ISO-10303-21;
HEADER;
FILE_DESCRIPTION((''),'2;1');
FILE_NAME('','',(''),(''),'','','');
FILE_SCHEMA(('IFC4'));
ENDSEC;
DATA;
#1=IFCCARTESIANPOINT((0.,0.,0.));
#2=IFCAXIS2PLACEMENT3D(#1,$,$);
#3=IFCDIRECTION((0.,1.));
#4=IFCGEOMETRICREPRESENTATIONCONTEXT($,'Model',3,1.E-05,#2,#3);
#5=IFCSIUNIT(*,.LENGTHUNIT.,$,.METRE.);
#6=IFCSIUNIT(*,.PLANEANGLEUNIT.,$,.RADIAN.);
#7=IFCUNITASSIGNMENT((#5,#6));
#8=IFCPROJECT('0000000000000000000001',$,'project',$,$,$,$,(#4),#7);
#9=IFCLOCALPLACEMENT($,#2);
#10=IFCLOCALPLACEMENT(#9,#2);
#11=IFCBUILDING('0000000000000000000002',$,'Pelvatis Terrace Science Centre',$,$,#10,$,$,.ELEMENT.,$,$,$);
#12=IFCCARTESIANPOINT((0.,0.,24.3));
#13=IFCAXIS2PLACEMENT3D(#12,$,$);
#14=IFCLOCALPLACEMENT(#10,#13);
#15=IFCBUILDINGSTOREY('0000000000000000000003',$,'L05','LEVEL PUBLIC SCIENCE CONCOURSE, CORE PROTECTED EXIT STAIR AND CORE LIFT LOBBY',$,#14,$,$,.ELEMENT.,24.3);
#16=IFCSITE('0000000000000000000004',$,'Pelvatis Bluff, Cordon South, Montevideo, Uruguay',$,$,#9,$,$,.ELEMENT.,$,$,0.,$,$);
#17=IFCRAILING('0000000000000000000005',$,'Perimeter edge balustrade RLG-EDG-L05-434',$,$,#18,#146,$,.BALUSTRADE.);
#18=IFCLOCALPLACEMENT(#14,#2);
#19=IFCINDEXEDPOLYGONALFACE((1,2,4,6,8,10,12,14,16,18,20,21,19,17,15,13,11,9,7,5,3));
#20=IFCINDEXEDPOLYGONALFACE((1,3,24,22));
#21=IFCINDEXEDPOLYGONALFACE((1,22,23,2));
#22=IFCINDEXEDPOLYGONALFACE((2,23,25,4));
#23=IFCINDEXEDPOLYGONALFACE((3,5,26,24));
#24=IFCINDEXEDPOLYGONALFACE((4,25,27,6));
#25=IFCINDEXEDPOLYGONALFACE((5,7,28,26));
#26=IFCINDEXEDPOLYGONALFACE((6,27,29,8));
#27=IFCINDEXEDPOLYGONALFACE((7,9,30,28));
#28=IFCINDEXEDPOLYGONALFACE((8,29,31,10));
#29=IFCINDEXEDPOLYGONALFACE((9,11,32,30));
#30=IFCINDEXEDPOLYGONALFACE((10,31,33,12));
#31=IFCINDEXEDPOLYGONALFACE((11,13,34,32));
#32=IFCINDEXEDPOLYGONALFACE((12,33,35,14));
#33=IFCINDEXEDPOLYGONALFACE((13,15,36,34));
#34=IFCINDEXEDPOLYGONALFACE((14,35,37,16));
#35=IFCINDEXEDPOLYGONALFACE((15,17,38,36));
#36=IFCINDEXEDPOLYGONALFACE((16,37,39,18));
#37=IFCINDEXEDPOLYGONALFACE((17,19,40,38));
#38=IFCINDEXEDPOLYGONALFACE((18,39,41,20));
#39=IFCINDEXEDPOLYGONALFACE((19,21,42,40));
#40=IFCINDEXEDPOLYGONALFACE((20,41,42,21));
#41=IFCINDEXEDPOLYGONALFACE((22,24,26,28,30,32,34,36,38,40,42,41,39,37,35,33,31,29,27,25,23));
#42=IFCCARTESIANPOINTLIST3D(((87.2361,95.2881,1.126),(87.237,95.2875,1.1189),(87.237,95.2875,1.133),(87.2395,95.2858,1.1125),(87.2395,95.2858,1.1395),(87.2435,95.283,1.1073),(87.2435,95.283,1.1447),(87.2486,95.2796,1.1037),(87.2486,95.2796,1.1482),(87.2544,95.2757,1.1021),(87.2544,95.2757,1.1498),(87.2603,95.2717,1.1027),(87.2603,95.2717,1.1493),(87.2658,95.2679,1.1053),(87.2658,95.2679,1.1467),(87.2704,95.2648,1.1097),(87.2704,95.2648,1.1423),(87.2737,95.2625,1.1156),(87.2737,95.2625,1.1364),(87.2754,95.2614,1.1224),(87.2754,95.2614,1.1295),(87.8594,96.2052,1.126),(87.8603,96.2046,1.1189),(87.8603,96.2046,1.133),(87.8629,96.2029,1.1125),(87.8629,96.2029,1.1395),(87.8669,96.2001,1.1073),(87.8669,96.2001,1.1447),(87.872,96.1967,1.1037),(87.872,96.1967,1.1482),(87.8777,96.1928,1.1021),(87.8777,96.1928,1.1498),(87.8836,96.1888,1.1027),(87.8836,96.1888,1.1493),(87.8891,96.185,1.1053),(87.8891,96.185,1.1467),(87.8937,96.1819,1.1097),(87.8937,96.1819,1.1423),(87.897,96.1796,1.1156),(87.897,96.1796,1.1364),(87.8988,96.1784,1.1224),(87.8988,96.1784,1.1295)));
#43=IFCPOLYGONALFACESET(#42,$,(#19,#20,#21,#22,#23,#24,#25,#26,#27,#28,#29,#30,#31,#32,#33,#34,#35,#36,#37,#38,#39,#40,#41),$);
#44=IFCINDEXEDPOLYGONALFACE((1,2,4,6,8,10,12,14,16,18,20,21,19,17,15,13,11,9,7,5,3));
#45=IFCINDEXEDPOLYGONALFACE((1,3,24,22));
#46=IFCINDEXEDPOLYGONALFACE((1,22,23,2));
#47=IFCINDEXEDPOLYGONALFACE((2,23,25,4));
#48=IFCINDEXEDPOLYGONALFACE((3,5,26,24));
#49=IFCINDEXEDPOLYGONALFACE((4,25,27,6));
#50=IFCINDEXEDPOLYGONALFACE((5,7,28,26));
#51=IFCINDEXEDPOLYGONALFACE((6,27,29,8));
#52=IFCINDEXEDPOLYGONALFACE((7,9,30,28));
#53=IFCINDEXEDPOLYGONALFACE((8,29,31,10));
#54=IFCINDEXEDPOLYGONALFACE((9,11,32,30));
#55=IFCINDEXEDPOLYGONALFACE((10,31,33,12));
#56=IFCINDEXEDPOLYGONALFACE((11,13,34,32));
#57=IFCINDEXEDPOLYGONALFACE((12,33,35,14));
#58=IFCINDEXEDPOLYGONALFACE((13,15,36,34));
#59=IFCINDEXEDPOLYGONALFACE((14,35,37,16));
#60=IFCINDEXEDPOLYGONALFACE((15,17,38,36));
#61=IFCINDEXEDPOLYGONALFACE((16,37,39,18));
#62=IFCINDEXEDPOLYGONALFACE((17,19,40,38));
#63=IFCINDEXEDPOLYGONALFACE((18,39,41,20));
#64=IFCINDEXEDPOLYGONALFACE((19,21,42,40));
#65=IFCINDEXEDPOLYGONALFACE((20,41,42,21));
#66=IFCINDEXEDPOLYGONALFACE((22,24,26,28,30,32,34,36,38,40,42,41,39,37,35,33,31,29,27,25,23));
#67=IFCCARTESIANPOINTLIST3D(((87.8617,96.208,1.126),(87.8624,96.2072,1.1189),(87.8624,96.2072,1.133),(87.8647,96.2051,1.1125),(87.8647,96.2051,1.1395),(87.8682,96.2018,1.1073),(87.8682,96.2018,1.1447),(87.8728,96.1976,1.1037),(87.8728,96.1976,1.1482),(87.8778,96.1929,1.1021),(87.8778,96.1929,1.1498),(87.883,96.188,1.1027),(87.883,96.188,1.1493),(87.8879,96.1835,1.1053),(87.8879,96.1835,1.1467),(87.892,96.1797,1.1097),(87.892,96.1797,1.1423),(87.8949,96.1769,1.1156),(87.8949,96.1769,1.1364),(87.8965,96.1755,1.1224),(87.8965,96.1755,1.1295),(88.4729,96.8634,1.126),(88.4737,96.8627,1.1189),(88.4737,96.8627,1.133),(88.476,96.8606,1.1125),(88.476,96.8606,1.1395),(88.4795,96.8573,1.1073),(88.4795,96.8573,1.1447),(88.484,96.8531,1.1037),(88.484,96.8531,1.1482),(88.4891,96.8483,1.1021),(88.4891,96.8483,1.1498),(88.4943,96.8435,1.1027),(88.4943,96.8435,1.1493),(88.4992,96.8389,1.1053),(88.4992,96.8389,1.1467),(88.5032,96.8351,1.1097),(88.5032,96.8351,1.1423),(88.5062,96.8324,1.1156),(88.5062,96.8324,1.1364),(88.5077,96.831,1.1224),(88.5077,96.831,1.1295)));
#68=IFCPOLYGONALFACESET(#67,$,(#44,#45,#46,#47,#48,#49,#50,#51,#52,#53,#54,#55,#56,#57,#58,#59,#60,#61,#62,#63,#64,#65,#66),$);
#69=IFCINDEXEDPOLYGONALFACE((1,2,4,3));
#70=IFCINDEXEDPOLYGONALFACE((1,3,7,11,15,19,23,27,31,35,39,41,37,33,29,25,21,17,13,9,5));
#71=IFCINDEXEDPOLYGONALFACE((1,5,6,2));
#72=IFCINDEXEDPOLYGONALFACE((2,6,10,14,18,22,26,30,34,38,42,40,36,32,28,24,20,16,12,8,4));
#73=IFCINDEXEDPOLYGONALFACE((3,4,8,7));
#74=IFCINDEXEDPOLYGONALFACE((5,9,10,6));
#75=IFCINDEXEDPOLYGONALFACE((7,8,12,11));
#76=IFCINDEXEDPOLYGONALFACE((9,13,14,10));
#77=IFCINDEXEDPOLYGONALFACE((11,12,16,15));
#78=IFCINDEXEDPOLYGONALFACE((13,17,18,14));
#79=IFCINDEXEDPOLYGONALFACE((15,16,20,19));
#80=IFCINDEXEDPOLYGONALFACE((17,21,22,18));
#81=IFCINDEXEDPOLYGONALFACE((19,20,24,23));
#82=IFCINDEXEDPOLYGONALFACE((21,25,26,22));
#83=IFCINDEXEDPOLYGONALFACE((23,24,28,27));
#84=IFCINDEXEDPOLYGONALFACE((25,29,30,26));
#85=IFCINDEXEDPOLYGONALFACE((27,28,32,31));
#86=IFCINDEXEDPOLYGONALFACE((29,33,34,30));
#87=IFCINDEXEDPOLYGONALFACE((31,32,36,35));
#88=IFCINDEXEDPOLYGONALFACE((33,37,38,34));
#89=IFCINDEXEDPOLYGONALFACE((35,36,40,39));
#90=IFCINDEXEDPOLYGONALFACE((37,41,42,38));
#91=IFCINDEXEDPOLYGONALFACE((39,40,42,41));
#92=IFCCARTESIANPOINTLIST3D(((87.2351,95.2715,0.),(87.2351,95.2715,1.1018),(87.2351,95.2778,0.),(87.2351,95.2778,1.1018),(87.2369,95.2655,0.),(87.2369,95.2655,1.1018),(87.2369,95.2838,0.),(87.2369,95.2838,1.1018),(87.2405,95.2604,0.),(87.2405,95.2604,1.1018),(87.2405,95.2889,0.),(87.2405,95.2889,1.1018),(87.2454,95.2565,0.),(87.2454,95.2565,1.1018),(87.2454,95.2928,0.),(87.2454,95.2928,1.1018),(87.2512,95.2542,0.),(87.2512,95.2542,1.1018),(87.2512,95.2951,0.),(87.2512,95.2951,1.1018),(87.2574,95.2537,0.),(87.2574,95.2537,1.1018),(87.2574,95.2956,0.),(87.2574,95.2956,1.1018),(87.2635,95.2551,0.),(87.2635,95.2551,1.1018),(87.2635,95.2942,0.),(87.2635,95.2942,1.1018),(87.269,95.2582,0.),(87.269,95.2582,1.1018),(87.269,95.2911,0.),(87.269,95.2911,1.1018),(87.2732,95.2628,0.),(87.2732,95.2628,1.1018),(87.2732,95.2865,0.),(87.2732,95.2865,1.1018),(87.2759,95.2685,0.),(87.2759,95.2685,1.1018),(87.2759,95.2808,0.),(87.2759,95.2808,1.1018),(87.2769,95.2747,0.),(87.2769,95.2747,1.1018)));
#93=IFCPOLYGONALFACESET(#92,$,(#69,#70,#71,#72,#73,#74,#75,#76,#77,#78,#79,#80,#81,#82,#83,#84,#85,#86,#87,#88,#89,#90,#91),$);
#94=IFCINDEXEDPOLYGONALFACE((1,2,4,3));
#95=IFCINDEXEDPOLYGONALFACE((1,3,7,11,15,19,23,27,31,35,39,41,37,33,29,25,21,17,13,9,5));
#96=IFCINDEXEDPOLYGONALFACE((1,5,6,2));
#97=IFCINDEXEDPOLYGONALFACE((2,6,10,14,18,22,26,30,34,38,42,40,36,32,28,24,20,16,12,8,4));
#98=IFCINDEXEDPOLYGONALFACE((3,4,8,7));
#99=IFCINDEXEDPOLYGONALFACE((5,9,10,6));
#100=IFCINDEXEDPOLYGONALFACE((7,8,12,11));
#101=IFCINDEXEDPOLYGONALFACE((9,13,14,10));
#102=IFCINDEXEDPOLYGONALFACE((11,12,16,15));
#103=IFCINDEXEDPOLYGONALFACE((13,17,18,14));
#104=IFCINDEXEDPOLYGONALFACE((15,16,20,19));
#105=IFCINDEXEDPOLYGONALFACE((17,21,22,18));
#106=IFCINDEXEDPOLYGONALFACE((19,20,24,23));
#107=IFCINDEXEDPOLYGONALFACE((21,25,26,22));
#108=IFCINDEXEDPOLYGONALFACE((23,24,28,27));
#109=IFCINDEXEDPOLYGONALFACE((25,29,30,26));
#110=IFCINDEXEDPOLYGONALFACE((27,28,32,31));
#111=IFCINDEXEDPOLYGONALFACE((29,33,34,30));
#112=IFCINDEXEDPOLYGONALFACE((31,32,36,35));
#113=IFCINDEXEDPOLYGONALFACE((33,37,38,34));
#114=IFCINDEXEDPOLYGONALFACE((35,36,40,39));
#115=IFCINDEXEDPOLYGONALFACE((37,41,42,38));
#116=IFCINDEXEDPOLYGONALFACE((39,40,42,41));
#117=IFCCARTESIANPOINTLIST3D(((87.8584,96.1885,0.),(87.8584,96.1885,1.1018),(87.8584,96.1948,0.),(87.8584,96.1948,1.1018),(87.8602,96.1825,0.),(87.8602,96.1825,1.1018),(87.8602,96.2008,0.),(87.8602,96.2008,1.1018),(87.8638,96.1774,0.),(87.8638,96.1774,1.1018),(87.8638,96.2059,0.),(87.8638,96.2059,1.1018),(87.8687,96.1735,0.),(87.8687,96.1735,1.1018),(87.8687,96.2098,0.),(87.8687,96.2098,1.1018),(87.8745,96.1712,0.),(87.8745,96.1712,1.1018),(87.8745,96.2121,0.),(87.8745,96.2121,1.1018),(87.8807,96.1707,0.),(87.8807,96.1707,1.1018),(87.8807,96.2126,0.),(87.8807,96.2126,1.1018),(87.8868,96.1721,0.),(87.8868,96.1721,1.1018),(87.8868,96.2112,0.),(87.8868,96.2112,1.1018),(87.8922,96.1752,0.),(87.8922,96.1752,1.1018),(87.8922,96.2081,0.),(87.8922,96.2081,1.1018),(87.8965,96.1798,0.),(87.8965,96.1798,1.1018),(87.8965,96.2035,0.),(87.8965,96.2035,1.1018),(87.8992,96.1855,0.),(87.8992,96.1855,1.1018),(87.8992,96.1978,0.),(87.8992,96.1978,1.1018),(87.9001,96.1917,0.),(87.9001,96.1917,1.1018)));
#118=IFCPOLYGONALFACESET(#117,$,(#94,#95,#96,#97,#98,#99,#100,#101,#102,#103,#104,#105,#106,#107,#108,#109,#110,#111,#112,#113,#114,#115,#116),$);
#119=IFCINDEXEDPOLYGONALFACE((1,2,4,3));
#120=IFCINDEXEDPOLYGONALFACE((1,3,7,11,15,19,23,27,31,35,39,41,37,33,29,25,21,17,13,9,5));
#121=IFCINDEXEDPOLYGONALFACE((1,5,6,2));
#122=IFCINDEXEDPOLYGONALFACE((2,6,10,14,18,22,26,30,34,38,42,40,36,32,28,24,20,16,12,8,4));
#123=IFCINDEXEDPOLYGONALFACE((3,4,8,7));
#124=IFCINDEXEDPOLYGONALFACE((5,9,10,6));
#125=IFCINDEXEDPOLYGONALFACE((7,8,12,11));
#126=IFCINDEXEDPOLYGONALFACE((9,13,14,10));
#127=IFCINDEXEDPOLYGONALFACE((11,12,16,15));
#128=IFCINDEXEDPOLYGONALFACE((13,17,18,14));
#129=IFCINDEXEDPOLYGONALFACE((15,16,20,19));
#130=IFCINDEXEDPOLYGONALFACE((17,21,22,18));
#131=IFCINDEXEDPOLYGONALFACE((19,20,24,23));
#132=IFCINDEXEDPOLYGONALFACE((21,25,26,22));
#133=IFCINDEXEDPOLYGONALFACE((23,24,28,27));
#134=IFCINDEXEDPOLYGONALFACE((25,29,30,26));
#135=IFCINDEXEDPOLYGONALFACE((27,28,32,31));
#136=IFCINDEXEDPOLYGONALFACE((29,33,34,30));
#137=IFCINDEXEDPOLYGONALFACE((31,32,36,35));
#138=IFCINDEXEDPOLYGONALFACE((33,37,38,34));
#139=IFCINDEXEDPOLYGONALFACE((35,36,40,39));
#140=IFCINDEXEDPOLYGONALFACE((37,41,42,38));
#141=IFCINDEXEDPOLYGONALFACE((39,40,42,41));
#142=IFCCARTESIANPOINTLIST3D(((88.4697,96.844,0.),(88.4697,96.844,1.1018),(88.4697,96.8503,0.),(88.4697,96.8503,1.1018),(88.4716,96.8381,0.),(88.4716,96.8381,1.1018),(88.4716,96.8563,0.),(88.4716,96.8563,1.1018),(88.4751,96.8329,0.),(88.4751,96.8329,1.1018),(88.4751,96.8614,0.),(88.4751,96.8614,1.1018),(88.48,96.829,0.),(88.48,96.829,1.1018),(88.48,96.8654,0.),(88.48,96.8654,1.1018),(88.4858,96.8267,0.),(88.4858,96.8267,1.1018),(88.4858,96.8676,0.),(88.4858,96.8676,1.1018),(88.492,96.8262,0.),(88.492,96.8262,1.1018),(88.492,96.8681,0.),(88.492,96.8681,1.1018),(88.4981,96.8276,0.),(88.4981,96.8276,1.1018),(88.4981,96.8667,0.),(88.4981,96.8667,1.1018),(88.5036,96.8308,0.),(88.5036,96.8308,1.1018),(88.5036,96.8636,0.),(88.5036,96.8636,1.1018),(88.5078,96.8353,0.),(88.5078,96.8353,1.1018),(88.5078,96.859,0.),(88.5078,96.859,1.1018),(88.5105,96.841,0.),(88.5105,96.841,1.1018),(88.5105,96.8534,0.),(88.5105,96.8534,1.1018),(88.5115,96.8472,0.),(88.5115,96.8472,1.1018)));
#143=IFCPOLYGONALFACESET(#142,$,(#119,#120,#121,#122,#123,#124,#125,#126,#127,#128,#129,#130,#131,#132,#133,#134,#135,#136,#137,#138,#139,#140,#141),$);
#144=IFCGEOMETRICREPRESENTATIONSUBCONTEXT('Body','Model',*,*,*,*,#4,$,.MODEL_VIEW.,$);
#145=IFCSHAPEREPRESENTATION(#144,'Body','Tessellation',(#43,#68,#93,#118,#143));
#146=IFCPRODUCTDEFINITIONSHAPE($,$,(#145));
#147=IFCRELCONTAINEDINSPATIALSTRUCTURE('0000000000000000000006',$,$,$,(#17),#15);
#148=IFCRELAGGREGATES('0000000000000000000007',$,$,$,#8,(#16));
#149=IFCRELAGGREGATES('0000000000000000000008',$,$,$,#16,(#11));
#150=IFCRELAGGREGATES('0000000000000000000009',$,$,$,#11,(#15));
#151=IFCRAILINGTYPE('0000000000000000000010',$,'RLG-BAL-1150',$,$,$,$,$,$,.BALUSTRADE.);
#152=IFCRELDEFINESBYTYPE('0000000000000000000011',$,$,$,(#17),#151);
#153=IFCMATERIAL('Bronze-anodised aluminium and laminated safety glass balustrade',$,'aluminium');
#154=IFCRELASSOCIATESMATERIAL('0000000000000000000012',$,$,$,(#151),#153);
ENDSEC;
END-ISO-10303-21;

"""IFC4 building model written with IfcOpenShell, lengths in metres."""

from ifc_helpers import new_model, si_unit, direction, frame, origin, origin_2d, place, context, subcontext, project, spatial, circle, extrude, material, type_object, element, save


model = new_model("IFC4")

# Units and contexts
model_context = context("Model", 3, precision=1e-05, world=origin(), true_north=direction((0.0, 1.0)))
body_context = subcontext(model_context, "Body", "Model", "MODEL_VIEW")
ifc_project = project(units=[si_unit("LENGTHUNIT", "METRE"), si_unit("PLANEANGLEUNIT", "RADIAN")], contexts=[model_context])

# Site, building, storey
site_placement = place(None, origin())
site = spatial("IfcSite", under=ifc_project, at=site_placement, Name="Pelvatis Bluff, Cordon South, Montevideo, Uruguay", CompositionType="ELEMENT", RefElevation=0.0)
building_placement = place(site_placement, origin())
building = spatial("IfcBuilding", under=site, at=building_placement, Name="Pelvatis Terrace Science Centre", CompositionType="ELEMENT")
storey_placement = place(building_placement, frame((0.0, 0.0, 24.3)))
storey = spatial("IfcBuildingStorey", under=building, at=storey_placement, Name="L05", Description="LEVEL PUBLIC SCIENCE CONCOURSE, CORE PROTECTED EXIT STAIR AND CORE LIFT LOBBY", CompositionType="ELEMENT", Elevation=24.3)

# Railing
ifc_material_1 = material(Name="Bronze-anodised aluminium and laminated safety glass balustrade", Category="aluminium")
railing_type = type_object("IfcRailingType", Name="RLG-BAL-1150", PredefinedType="BALUSTRADE", material=ifc_material_1)
railing_placement = place(storey_placement, frame((87.2559, 95.2747, 0.0)))
element("IfcRailing", 1, at=railing_placement, inside=storey, type_object=railing_type, Name="Perimeter edge balustrade RLG-EDG-L05-434", PredefinedType="BALUSTRADE", context=body_context, shape_type="SweptSolid", body=[
    extrude(circle(Radius=0.0239, at=origin_2d()), frame((0.0, 0.0, 1.126), z_axis=(0.562147, 0.827037, 0.0), x_axis=(-0.827037, 0.562147, 0.0)), (0.0, 0.0, 1.0), 1.1089),
    extrude(circle(Radius=0.0239, at=origin_2d()), frame((0.6233, 0.917, 1.126), z_axis=(0.682027, 0.731327, 0.0), x_axis=(-0.731327, 0.682027, 0.0)), (0.0, 0.0, 1.0), 0.8962),
    extrude(circle(Radius=0.021, at=origin_2d()), origin(), (0.0, 0.0, 1.0), 1.1018),
    extrude(circle(Radius=0.021, at=origin_2d()), frame((0.6233, 0.917, 0.0)), (0.0, 0.0, 1.0), 1.1018),
    extrude(circle(Radius=0.021, at=origin_2d()), frame((1.2346, 1.5725, 0.0)), (0.0, 0.0, 1.0), 1.1018),
])

save(model, "model.ifc")
